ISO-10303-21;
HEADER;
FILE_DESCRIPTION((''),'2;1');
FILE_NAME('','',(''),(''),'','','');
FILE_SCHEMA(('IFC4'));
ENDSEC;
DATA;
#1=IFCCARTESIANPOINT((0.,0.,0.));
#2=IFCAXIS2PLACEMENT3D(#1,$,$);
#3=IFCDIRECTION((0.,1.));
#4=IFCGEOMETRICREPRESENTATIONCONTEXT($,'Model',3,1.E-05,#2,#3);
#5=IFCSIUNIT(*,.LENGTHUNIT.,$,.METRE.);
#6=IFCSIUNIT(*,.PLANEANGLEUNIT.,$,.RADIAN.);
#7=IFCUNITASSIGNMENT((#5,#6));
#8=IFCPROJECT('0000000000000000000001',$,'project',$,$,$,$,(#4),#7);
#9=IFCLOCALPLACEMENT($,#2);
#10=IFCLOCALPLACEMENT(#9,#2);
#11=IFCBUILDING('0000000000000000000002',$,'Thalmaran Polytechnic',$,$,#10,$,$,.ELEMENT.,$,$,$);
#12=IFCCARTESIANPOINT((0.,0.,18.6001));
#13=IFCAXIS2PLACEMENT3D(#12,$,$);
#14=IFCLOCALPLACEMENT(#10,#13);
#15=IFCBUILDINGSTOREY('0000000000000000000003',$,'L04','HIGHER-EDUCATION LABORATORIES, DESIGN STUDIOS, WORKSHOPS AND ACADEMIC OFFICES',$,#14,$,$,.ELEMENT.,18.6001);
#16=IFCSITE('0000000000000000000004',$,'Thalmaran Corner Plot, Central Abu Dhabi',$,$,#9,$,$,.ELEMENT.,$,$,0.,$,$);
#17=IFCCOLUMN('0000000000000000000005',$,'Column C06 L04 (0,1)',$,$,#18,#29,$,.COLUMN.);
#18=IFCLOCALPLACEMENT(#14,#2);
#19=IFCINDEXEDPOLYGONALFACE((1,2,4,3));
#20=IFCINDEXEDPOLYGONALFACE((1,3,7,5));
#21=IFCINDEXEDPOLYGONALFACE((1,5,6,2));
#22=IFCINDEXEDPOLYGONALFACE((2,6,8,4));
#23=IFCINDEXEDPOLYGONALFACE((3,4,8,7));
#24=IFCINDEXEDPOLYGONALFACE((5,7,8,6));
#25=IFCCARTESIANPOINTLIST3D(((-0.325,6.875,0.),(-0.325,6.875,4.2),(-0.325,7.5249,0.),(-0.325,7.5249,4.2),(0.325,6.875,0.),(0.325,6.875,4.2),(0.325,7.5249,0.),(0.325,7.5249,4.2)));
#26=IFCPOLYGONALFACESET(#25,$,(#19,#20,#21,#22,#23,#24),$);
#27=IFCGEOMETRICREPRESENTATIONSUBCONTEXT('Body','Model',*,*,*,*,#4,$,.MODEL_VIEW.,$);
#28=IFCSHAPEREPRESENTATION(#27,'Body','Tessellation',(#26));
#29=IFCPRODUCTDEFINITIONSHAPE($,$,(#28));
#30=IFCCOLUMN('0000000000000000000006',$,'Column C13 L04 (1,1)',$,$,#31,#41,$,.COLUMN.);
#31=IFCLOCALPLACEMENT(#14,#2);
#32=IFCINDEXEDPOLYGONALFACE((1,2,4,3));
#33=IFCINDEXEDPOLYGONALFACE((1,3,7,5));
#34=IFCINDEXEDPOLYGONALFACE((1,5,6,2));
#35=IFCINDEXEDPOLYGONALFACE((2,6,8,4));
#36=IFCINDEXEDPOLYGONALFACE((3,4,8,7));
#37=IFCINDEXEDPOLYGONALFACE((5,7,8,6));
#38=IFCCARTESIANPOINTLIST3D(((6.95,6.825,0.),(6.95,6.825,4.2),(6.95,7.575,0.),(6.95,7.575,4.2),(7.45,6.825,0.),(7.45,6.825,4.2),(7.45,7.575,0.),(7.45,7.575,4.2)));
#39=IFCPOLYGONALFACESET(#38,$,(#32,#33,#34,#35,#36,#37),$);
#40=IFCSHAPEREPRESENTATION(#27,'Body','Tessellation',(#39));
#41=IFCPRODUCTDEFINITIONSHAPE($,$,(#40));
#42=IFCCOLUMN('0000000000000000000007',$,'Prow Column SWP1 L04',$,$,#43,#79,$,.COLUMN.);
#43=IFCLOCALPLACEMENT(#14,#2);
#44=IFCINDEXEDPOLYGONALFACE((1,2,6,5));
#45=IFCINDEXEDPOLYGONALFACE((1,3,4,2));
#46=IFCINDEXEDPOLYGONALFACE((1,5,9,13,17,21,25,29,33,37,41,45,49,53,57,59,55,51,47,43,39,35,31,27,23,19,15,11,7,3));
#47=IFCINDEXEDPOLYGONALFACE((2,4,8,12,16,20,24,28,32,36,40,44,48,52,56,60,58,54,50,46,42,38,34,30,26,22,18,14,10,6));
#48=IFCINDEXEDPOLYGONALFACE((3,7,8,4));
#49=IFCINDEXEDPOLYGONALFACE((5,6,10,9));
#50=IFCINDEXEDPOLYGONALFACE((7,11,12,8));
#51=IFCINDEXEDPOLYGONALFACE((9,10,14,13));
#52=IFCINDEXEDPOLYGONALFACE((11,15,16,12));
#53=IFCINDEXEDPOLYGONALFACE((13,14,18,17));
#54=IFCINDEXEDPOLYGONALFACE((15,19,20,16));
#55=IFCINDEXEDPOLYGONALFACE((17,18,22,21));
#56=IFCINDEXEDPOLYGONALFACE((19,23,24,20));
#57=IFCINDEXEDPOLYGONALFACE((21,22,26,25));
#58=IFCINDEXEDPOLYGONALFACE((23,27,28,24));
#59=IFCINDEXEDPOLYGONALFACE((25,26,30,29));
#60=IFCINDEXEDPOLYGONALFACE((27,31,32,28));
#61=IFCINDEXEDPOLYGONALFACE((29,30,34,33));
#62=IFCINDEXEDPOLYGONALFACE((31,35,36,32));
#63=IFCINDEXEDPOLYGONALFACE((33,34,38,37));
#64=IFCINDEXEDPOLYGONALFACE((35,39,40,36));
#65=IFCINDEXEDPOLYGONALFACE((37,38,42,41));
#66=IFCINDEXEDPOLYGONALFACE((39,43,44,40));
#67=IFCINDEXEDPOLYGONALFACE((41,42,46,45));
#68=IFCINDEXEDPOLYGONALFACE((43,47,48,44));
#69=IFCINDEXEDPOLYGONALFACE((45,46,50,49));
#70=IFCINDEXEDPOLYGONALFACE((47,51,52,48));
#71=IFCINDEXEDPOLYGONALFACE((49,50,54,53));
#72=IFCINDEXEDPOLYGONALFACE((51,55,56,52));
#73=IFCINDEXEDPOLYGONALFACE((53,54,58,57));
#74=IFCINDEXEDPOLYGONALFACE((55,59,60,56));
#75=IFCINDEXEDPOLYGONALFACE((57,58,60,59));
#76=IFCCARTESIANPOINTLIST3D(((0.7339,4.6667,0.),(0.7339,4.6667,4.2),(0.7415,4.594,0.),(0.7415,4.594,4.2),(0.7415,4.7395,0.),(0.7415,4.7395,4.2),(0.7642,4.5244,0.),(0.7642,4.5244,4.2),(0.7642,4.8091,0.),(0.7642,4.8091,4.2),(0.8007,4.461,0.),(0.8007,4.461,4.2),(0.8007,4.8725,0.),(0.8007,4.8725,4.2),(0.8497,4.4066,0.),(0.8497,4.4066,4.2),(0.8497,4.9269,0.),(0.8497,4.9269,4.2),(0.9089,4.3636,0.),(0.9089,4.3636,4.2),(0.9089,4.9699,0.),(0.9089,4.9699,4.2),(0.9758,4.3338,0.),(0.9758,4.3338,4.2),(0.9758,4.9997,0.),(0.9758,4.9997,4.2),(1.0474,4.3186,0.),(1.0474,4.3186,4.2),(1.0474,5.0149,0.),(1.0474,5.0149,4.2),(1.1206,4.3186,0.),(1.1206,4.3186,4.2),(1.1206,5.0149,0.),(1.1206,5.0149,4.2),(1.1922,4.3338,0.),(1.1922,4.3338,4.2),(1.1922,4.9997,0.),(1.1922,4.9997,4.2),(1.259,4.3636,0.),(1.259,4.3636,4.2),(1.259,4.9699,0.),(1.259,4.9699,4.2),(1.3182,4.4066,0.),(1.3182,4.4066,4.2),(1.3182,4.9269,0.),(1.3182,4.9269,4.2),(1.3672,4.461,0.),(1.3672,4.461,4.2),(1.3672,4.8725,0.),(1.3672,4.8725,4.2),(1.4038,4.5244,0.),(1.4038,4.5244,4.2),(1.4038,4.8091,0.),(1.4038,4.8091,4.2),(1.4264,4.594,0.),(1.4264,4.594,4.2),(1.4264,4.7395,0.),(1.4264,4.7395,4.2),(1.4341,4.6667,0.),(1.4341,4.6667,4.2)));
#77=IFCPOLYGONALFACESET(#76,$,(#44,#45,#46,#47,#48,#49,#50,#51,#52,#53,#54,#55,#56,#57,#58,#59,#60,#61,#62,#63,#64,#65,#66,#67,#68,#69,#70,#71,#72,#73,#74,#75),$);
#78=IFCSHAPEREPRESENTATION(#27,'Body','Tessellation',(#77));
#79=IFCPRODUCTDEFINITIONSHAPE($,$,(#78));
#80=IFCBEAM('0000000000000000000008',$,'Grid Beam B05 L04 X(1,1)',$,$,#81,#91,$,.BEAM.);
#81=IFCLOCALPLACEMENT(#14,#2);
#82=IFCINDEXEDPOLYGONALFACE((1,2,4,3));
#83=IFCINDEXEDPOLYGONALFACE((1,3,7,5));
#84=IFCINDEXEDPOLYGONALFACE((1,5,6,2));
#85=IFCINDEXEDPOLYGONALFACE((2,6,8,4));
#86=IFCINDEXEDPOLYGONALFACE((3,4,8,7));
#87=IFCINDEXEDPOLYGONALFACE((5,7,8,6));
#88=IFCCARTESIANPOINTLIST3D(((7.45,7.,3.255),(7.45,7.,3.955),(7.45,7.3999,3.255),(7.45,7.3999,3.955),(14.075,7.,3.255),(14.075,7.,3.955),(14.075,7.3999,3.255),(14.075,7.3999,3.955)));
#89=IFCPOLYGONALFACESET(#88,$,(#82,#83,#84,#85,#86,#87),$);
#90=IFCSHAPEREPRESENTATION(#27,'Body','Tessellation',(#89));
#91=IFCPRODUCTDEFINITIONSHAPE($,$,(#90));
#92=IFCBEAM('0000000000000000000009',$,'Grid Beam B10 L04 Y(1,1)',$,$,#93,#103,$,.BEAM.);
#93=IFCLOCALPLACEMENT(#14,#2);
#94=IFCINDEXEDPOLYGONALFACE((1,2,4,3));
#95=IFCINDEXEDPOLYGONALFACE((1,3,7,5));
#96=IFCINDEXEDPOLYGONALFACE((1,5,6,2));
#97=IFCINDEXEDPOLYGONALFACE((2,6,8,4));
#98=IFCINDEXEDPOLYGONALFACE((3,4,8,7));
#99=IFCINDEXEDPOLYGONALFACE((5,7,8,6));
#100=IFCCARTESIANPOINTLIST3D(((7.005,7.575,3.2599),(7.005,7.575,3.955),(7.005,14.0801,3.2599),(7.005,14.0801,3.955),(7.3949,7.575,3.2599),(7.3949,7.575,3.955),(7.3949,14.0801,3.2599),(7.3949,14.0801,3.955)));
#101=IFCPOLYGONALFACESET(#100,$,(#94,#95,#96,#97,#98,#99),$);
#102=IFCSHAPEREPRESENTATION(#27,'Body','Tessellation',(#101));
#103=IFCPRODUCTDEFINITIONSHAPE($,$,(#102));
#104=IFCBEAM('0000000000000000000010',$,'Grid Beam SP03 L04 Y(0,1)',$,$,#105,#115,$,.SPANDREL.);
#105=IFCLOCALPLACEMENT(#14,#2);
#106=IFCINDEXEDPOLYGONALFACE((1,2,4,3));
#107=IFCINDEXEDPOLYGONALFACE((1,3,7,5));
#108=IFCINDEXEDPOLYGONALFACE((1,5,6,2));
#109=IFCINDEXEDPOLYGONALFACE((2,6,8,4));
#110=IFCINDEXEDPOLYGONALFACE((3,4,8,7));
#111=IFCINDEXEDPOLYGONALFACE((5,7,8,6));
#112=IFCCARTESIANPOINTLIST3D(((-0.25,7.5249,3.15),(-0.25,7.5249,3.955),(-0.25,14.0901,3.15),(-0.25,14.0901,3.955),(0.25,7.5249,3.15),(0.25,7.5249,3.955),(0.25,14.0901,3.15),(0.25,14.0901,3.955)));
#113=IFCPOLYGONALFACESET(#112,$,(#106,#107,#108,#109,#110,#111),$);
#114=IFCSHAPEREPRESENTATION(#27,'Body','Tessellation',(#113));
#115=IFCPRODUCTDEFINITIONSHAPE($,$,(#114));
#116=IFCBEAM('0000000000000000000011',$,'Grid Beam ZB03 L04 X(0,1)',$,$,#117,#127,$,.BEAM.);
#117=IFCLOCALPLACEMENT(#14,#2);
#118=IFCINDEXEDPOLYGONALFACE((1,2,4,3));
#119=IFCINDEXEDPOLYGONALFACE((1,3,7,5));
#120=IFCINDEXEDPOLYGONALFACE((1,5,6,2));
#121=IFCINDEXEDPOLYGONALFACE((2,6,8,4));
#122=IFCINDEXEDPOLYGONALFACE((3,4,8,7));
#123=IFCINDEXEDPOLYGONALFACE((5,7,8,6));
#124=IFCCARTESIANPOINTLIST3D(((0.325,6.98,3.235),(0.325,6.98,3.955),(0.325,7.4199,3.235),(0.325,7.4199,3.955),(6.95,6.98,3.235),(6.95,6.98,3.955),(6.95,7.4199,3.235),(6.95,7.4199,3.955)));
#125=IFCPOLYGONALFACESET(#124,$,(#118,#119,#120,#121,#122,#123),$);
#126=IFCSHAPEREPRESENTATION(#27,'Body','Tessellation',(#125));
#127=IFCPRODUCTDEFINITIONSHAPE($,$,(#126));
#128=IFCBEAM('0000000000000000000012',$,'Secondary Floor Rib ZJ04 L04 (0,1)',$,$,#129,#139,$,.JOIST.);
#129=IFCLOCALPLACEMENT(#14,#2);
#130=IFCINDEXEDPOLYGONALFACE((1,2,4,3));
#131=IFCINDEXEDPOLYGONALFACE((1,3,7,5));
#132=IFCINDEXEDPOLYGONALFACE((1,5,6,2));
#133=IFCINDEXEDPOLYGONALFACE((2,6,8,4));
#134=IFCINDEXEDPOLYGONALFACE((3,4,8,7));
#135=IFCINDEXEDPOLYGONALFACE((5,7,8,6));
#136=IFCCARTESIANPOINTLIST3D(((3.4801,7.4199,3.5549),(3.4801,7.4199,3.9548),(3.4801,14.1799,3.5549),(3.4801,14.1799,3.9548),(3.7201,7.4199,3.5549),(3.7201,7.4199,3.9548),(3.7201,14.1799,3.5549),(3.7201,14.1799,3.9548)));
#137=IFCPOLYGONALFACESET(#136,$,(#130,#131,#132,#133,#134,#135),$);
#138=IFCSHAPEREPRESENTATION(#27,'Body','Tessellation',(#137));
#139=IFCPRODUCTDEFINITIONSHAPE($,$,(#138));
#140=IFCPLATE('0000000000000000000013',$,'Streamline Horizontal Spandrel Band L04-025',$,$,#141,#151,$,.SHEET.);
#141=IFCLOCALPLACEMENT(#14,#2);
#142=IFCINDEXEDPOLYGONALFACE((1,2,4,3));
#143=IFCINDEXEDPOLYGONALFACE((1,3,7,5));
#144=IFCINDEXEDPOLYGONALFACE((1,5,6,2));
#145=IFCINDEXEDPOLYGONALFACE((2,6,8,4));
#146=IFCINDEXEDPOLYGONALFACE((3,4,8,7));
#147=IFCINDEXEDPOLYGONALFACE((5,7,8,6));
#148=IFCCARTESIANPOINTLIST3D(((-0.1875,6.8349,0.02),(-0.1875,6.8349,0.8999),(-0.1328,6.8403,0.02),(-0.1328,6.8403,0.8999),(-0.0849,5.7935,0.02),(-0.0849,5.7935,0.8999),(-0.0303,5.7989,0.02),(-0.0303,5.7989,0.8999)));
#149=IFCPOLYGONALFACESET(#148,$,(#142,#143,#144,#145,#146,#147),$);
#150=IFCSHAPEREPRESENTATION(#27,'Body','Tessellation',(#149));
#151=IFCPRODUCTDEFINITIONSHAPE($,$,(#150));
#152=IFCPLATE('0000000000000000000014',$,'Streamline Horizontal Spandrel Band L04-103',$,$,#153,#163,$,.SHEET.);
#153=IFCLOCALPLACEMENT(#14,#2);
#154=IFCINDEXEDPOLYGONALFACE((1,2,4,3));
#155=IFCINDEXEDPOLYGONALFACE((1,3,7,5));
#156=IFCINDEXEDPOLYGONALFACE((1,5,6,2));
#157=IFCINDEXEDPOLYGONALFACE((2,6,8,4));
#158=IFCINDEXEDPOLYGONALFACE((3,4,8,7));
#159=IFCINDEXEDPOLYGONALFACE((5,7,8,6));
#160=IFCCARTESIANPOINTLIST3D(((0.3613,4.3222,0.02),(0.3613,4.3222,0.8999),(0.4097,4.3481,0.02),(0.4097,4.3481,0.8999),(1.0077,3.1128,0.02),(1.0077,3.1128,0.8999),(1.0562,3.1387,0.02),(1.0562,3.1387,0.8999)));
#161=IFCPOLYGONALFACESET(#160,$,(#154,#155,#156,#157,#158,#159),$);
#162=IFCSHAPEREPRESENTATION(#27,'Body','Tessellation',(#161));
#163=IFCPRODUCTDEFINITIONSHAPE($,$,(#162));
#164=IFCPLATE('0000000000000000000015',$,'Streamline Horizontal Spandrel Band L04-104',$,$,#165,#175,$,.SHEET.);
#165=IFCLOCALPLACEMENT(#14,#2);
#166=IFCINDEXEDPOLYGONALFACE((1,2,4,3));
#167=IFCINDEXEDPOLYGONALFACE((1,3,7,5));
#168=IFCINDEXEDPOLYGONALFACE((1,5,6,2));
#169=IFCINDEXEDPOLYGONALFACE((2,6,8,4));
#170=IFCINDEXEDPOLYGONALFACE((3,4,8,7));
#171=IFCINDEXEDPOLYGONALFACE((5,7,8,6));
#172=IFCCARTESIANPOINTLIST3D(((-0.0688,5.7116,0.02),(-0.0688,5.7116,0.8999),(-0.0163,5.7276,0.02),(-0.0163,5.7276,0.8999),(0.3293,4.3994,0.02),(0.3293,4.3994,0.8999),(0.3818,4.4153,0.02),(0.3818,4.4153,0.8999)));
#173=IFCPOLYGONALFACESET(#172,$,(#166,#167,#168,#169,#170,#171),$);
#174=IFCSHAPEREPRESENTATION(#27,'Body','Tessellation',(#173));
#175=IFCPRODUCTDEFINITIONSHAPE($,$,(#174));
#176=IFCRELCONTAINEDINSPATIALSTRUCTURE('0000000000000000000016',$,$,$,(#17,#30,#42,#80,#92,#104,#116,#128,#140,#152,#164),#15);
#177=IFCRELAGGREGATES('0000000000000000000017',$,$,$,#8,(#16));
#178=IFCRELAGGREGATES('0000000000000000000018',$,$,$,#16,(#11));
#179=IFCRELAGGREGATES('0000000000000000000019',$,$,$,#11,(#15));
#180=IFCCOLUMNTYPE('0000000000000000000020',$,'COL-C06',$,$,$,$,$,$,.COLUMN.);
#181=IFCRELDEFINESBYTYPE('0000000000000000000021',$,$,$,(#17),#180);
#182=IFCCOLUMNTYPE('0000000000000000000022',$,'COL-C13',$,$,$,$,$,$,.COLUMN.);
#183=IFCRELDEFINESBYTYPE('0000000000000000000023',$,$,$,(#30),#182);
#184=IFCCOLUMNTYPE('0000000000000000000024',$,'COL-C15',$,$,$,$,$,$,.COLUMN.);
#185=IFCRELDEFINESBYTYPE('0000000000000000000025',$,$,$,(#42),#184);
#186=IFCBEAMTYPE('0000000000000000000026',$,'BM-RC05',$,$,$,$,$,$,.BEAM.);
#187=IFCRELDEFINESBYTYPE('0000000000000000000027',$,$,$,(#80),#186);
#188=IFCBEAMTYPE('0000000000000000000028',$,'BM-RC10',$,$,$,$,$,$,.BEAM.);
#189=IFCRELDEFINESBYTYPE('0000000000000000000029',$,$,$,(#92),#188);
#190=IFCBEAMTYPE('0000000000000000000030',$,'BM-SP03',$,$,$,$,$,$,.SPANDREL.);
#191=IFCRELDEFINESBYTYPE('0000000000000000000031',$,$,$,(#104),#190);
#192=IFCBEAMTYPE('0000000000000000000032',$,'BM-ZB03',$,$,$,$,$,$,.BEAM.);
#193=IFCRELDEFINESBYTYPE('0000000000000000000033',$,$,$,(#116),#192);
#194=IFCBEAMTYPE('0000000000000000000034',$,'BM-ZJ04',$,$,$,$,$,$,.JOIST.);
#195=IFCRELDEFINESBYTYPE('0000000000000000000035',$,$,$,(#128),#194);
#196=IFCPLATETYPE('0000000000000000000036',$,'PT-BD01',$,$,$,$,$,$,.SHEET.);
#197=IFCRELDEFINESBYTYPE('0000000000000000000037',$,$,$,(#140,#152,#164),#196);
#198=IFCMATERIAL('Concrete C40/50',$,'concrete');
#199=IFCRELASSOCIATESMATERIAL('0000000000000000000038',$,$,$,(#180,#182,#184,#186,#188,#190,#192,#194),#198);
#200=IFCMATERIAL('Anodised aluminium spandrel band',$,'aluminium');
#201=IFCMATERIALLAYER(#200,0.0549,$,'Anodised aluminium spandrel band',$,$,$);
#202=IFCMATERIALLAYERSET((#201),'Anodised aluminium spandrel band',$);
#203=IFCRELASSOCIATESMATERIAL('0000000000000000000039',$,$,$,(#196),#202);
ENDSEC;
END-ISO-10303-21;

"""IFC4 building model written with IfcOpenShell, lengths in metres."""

from ifc_helpers import new_model, si_unit, direction, frame, origin, origin_2d, place, context, subcontext, project, spatial, rectangle, circle, extrude, material, layer, layer_set, material_profile, profile_set, type_object, element, save


model = new_model("IFC4")

# Units and contexts
model_context = context("Model", 3, precision=1e-05, world=origin(), true_north=direction((0.0, 1.0)))
body_context = subcontext(model_context, "Body", "Model", "MODEL_VIEW")
ifc_project = project(units=[si_unit("LENGTHUNIT", "METRE"), si_unit("PLANEANGLEUNIT", "RADIAN")], contexts=[model_context])

# Site, building, storey
site_placement = place(None, origin())
site = spatial("IfcSite", under=ifc_project, at=site_placement, Name="Thalmaran Corner Plot, Central Abu Dhabi", CompositionType="ELEMENT", RefElevation=0.0)
building_placement = place(site_placement, origin())
building = spatial("IfcBuilding", under=site, at=building_placement, Name="Thalmaran Polytechnic", CompositionType="ELEMENT")
storey_placement = place(building_placement, frame((0.0, 0.0, 18.6001)))
storey = spatial("IfcBuildingStorey", under=building, at=storey_placement, Name="L04", Description="HIGHER-EDUCATION LABORATORIES, DESIGN STUDIOS, WORKSHOPS AND ACADEMIC OFFICES", CompositionType="ELEMENT", Elevation=18.6001)

# Columns
ifc_material_1 = material(Name="Concrete C40/50", Category="concrete")
ifc_material_profile_1 = material_profile(ifc_material_1, rectangle(XDim=0.6499, YDim=0.6499, at=origin_2d()), Name="RC 650x650")
ifc_profile_set_1 = profile_set([ifc_material_profile_1], Name="Concrete C40/50")
column_type_1 = type_object("IfcColumnType", Name="COL-C06", PredefinedType="COLUMN", material=ifc_profile_set_1)
column_1_placement = place(storey_placement, frame((0.0, 7.2, 0.0), z_axis=(0.0, 0.0, 1.0), x_axis=(1.0, 0.0, 0.0)))
element("IfcColumn", 1, at=column_1_placement, inside=storey, type_object=column_type_1, Name="Column C06 L04 (0,1)", PredefinedType="COLUMN", context=body_context, shape_type="SweptSolid", body=[
    extrude(rectangle(XDim=0.6499, YDim=0.6499, at=origin_2d()), origin(), (0.0, 0.0, 1.0), 4.2),
])
ifc_material_profile_2 = material_profile(ifc_material_1, rectangle(XDim=0.5, YDim=0.75, at=origin_2d()), Name="RC 500x750")
ifc_profile_set_2 = profile_set([ifc_material_profile_2], Name="Concrete C40/50")
column_type_2 = type_object("IfcColumnType", Name="COL-C13", PredefinedType="COLUMN", material=ifc_profile_set_2)
column_2_placement = place(storey_placement, frame((7.2, 7.2, 0.0), z_axis=(0.0, 0.0, 1.0), x_axis=(1.0, 0.0, 0.0)))
element("IfcColumn", 2, at=column_2_placement, inside=storey, type_object=column_type_2, Name="Column C13 L04 (1,1)", PredefinedType="COLUMN", context=body_context, shape_type="SweptSolid", body=[
    extrude(rectangle(XDim=0.5, YDim=0.75, at=origin_2d()), origin(), (0.0, 0.0, 1.0), 4.2),
])
ifc_material_profile_3 = material_profile(ifc_material_1, circle(Radius=0.3501, at=origin_2d()), Name="RC 700 DIA")
ifc_profile_set_3 = profile_set([ifc_material_profile_3], Name="Concrete C40/50")
column_type_3 = type_object("IfcColumnType", Name="COL-C15", PredefinedType="COLUMN", material=ifc_profile_set_3)
column_3_placement = place(storey_placement, frame((1.084, 4.6667, 0.0), z_axis=(0.0, 0.0, 1.0), x_axis=(1.0, 0.0, 0.0)))
element("IfcColumn", 3, at=column_3_placement, inside=storey, type_object=column_type_3, Name="Prow Column SWP1 L04", PredefinedType="COLUMN", context=body_context, shape_type="SweptSolid", body=[
    extrude(circle(Radius=0.3501, at=origin_2d()), origin(), (0.0, 0.0, 1.0), 4.2),
])

# Beams
ifc_material_profile_4 = material_profile(ifc_material_1, rectangle(XDim=0.3999, YDim=0.7, at=origin_2d()), Name="RC 400x700")
ifc_profile_set_4 = profile_set([ifc_material_profile_4], Name="Concrete C40/50")
beam_type_1 = type_object("IfcBeamType", Name="BM-RC05", PredefinedType="BEAM", material=ifc_profile_set_4)
beam_1_placement = place(storey_placement, frame((7.45, 7.2, 3.605), z_axis=(1.0, 0.0, 0.0), x_axis=(0.0, 1.0, 0.0)))
element("IfcBeam", 4, at=beam_1_placement, inside=storey, type_object=beam_type_1, Name="Grid Beam B05 L04 X(1,1)", PredefinedType="BEAM", context=body_context, shape_type="SweptSolid", body=[
    extrude(rectangle(XDim=0.3999, YDim=0.7, at=origin_2d()), origin(), (0.0, 0.0, 1.0), 6.625),
])
ifc_material_profile_5 = material_profile(ifc_material_1, rectangle(XDim=0.3899, YDim=0.6951, at=origin_2d()), Name="RC 390x695")
ifc_profile_set_5 = profile_set([ifc_material_profile_5], Name="Concrete C40/50")
beam_type_2 = type_object("IfcBeamType", Name="BM-RC10", PredefinedType="BEAM", material=ifc_profile_set_5)
beam_2_placement = place(storey_placement, frame((7.2, 7.575, 3.6074), z_axis=(0.0, 1.0, 0.0), x_axis=(-1.0, 0.0, 0.0)))
element("IfcBeam", 5, at=beam_2_placement, inside=storey, type_object=beam_type_2, Name="Grid Beam B10 L04 Y(1,1)", PredefinedType="BEAM", context=body_context, shape_type="SweptSolid", body=[
    extrude(rectangle(XDim=0.3899, YDim=0.6951, at=origin_2d()), origin(), (0.0, 0.0, 1.0), 6.5051),
])
ifc_material_profile_6 = material_profile(ifc_material_1, rectangle(XDim=0.5, YDim=0.8049, at=origin_2d()), Name="RC 500x805")
ifc_profile_set_6 = profile_set([ifc_material_profile_6], Name="Concrete C40/50")
beam_type_3 = type_object("IfcBeamType", Name="BM-SP03", PredefinedType="SPANDREL", material=ifc_profile_set_6)
beam_3_placement = place(storey_placement, frame((0.0, 7.5249, 3.5525), z_axis=(0.0, 1.0, 0.0), x_axis=(-1.0, 0.0, 0.0)))
element("IfcBeam", 6, at=beam_3_placement, inside=storey, type_object=beam_type_3, Name="Grid Beam SP03 L04 Y(0,1)", PredefinedType="SPANDREL", context=body_context, shape_type="SweptSolid", body=[
    extrude(rectangle(XDim=0.5, YDim=0.8049, at=origin_2d()), origin(), (0.0, 0.0, 1.0), 6.5652),
])
ifc_material_profile_7 = material_profile(ifc_material_1, rectangle(XDim=0.4399, YDim=0.72, at=origin_2d()), Name="RC 440x720")
ifc_profile_set_7 = profile_set([ifc_material_profile_7], Name="Concrete C40/50")
beam_type_4 = type_object("IfcBeamType", Name="BM-ZB03", PredefinedType="BEAM", material=ifc_profile_set_7)
beam_4_placement = place(storey_placement, frame((0.325, 7.2, 3.595), z_axis=(1.0, 0.0, 0.0), x_axis=(0.0, 1.0, 0.0)))
element("IfcBeam", 7, at=beam_4_placement, inside=storey, type_object=beam_type_4, Name="Grid Beam ZB03 L04 X(0,1)", PredefinedType="BEAM", context=body_context, shape_type="SweptSolid", body=[
    extrude(rectangle(XDim=0.4399, YDim=0.72, at=origin_2d()), origin(), (0.0, 0.0, 1.0), 6.625),
])
ifc_material_profile_8 = material_profile(ifc_material_1, rectangle(XDim=0.24, YDim=0.3999, at=origin_2d()), Name="RC 240x400")
ifc_profile_set_8 = profile_set([ifc_material_profile_8], Name="Concrete C40/50")
beam_type_5 = type_object("IfcBeamType", Name="BM-ZJ04", PredefinedType="JOIST", material=ifc_profile_set_8)
beam_5_placement = place(storey_placement, frame((3.6001, 7.4199, 3.7549), z_axis=(0.0, 1.0, 0.0), x_axis=(-1.0, 0.0, 0.0)))
element("IfcBeam", 8, at=beam_5_placement, inside=storey, type_object=beam_type_5, Name="Secondary Floor Rib ZJ04 L04 (0,1)", PredefinedType="JOIST", context=body_context, shape_type="SweptSolid", body=[
    extrude(rectangle(XDim=0.24, YDim=0.3999, at=origin_2d()), origin(), (0.0, 0.0, 1.0), 6.76),
])

# Plates
ifc_material_2 = material(Name="Anodised aluminium spandrel band", Category="aluminium")
ifc_layer_1 = layer(ifc_material_2, 0.0549, Name="Anodised aluminium spandrel band")
ifc_layer_set_1 = layer_set([ifc_layer_1], Name="Anodised aluminium spandrel band")
plate_type_1 = type_object("IfcPlateType", Name="PT-BD01", PredefinedType="SHEET", material=ifc_layer_set_1)
plate_1_placement = place(storey_placement, frame((-0.1089, 6.3169, 0.02), z_axis=(0.0, 0.0, 1.0), x_axis=(-0.098017, 0.995185, 0.0)))
element("IfcPlate", 9, at=plate_1_placement, inside=storey, type_object=plate_type_1, Name="Streamline Horizontal Spandrel Band L04-025", PredefinedType="SHEET", context=body_context, shape_type="SweptSolid", body=[
    extrude(rectangle(XDim=1.0464, YDim=0.0549, at=origin_2d()), origin(), (0.0, 0.0, 1.0), 0.8799),
])
for number, where, z_axis, x_axis, name in (
    (10, (0.7087, 3.7305, 0.02), (0.0, 0.0, 1.0), (-0.471397, 0.881921, 0.0), "Streamline Horizontal Spandrel Band L04-103"),
    (11, (0.1565, 5.0635, 0.02), (0.0, 0.0, 1.0), (-0.290285, 0.95694, 0.0), "Streamline Horizontal Spandrel Band L04-104"),
):
    element("IfcPlate", number, at=place(storey_placement, frame(where, z_axis=z_axis, x_axis=x_axis)), inside=storey, type_object=plate_type_1, Name=name, PredefinedType="SHEET", context=body_context, shape_type="SweptSolid", body=[
        extrude(rectangle(XDim=1.3713, YDim=0.0549, at=origin_2d()), origin(), (0.0, 0.0, 1.0), 0.8799),
    ])

save(model, "model.ifc")
